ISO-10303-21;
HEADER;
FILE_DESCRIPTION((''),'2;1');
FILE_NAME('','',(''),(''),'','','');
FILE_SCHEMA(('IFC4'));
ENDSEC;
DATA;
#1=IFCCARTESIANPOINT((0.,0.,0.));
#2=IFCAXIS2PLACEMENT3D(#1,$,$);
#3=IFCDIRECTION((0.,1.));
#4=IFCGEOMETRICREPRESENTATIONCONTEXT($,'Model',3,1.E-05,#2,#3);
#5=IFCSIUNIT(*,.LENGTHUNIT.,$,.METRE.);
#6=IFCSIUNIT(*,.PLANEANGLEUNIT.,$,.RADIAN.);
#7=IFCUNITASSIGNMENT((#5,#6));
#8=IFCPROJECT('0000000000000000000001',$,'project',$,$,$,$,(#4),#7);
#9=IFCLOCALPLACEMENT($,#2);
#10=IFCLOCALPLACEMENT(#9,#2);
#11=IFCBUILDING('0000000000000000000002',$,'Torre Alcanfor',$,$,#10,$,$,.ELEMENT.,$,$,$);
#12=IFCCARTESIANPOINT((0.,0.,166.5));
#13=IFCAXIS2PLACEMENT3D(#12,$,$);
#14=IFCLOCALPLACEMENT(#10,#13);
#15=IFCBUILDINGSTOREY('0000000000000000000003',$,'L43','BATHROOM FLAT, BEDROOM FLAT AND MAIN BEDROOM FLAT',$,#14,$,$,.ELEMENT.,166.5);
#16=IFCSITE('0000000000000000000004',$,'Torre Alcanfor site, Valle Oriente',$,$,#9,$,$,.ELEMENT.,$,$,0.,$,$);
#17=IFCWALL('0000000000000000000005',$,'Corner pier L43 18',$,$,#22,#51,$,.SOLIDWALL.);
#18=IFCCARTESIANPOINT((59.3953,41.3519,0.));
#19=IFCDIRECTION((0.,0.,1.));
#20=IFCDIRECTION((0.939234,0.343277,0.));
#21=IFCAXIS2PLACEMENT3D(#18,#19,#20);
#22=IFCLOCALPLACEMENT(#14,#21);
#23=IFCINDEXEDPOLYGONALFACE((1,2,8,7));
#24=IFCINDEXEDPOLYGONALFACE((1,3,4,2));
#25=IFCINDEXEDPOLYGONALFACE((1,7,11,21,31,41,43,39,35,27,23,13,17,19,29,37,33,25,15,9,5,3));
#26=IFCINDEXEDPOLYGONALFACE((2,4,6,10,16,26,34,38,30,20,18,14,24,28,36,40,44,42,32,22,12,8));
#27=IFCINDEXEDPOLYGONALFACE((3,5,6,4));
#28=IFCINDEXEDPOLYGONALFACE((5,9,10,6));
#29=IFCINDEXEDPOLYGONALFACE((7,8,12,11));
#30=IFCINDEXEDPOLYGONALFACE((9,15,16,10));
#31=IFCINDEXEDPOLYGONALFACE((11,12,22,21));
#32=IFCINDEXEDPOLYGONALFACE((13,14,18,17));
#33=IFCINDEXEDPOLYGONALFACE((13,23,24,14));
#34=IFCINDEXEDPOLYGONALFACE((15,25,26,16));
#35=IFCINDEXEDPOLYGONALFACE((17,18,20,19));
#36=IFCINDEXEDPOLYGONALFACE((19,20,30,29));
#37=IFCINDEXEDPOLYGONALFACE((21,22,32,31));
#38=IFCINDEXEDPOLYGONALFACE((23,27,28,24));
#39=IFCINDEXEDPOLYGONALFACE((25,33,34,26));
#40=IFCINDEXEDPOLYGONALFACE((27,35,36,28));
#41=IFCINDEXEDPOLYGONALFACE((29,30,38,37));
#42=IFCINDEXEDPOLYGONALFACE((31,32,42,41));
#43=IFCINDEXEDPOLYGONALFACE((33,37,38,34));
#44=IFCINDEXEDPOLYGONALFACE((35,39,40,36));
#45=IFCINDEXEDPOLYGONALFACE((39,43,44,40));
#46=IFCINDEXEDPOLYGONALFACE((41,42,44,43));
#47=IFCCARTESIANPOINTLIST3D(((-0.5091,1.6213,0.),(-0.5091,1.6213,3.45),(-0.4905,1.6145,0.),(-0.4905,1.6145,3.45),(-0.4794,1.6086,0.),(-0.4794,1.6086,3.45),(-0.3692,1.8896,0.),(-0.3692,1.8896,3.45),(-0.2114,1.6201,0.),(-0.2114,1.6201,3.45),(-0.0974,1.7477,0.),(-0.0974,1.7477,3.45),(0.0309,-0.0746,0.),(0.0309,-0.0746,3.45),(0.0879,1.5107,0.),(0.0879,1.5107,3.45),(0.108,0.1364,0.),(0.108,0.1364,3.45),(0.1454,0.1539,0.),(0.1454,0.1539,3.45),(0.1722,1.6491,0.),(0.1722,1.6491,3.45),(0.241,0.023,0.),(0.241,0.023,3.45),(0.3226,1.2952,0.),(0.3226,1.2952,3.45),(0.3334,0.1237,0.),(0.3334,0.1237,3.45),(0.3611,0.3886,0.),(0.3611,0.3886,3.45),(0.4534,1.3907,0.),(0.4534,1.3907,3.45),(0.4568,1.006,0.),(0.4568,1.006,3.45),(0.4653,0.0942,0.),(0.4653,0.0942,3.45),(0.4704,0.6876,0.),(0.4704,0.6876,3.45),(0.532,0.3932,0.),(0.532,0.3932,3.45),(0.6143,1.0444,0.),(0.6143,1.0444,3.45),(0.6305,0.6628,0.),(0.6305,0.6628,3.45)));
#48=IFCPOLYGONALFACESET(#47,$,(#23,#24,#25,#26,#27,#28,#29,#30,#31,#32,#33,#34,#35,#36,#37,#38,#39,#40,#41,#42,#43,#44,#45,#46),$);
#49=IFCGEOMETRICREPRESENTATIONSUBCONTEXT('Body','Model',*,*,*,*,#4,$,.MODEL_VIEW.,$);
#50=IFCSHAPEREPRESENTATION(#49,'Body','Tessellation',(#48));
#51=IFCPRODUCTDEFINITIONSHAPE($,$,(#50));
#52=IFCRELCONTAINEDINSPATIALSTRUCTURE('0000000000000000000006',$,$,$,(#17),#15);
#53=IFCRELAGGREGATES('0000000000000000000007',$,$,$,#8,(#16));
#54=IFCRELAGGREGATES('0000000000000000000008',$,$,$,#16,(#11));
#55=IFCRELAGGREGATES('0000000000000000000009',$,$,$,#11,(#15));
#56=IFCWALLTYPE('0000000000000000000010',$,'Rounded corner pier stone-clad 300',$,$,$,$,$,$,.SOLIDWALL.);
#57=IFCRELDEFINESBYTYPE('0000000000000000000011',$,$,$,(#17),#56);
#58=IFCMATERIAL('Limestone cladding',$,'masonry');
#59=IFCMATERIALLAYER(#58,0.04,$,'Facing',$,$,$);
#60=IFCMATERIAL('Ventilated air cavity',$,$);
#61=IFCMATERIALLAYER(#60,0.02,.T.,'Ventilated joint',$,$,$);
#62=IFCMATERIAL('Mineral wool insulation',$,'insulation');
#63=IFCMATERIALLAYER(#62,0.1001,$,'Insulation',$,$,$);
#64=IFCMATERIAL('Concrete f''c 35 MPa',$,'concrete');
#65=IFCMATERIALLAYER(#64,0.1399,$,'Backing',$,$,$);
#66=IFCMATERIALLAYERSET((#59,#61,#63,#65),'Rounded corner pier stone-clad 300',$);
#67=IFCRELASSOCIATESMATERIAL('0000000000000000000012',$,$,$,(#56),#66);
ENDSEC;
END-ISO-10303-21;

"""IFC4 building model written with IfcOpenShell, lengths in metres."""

from ifc_helpers import new_model, si_unit, direction, frame, origin, place, context, subcontext, project, spatial, polyline, outline, extrude, material, layer, layer_set, type_object, element, save


model = new_model("IFC4")

# Units and contexts
model_context = context("Model", 3, precision=1e-05, world=origin(), true_north=direction((0.0, 1.0)))
body_context = subcontext(model_context, "Body", "Model", "MODEL_VIEW")
ifc_project = project(units=[si_unit("LENGTHUNIT", "METRE"), si_unit("PLANEANGLEUNIT", "RADIAN")], contexts=[model_context])

# Site, building, storey
site_placement = place(None, origin())
site = spatial("IfcSite", under=ifc_project, at=site_placement, Name="Torre Alcanfor site, Valle Oriente", CompositionType="ELEMENT", RefElevation=0.0)
building_placement = place(site_placement, origin())
building = spatial("IfcBuilding", under=site, at=building_placement, Name="Torre Alcanfor", CompositionType="ELEMENT")
storey_placement = place(building_placement, frame((0.0, 0.0, 166.5)))
storey = spatial("IfcBuildingStorey", under=building, at=storey_placement, Name="L43", Description="BATHROOM FLAT, BEDROOM FLAT AND MAIN BEDROOM FLAT", CompositionType="ELEMENT", Elevation=166.5)

# Shared definitions
ifc_material_1 = material(Name="Limestone cladding", Category="masonry")
ifc_material_2 = material(Name="Ventilated air cavity")
ifc_material_3 = material(Name="Mineral wool insulation", Category="insulation")
ifc_material_4 = material(Name="Concrete f'c 35 MPa", Category="concrete")

# Wall
ifc_layer_1 = layer(ifc_material_1, 0.04, Name="Facing")
ifc_layer_2 = layer(ifc_material_2, 0.02, ventilated=True, Name="Ventilated joint")
ifc_layer_3 = layer(ifc_material_3, 0.1001, Name="Insulation")
ifc_layer_4 = layer(ifc_material_4, 0.1399, Name="Backing")
ifc_layer_set_1 = layer_set([ifc_layer_1, ifc_layer_2, ifc_layer_3, ifc_layer_4], Name="Rounded corner pier stone-clad 300")
wall_type_1 = type_object("IfcWallType", Name="Rounded corner pier stone-clad 300", PredefinedType="SOLIDWALL", material=ifc_layer_set_1)
wall_1_placement = place(storey_placement, frame((59.3953, 41.3519, 0.0), z_axis=(0.0, 0.0, 1.0), x_axis=(0.939234, 0.343277, 0.0)))
element("IfcWall", 1, at=wall_1_placement, inside=storey, type_object=wall_type_1, Name="Corner pier L43 18", PredefinedType="SOLIDWALL", context=body_context, shape_type="SweptSolid", body=[
    extrude(outline(polyline([(0.532, 0.3932), (0.6305, 0.6628), (0.6143, 1.0444), (0.4534, 1.3907), (0.1722, 1.6491), (-0.0974, 1.7477), (-0.3692, 1.8896), (-0.5091, 1.6213), (-0.4905, 1.6145), (-0.4794, 1.6086), (-0.2114, 1.6201), (0.0879, 1.5107), (0.3226, 1.2952), (0.4568, 1.006), (0.4704, 0.6876), (0.3611, 0.3886), (0.1454, 0.1539), (0.108, 0.1364), (0.0309, -0.0746), (0.241, 0.023), (0.3334, 0.1237), (0.4653, 0.0942), (0.532, 0.3932)])), origin(), (0.0, 0.0, 1.0), 3.45),
])

save(model, "model.ifc")
